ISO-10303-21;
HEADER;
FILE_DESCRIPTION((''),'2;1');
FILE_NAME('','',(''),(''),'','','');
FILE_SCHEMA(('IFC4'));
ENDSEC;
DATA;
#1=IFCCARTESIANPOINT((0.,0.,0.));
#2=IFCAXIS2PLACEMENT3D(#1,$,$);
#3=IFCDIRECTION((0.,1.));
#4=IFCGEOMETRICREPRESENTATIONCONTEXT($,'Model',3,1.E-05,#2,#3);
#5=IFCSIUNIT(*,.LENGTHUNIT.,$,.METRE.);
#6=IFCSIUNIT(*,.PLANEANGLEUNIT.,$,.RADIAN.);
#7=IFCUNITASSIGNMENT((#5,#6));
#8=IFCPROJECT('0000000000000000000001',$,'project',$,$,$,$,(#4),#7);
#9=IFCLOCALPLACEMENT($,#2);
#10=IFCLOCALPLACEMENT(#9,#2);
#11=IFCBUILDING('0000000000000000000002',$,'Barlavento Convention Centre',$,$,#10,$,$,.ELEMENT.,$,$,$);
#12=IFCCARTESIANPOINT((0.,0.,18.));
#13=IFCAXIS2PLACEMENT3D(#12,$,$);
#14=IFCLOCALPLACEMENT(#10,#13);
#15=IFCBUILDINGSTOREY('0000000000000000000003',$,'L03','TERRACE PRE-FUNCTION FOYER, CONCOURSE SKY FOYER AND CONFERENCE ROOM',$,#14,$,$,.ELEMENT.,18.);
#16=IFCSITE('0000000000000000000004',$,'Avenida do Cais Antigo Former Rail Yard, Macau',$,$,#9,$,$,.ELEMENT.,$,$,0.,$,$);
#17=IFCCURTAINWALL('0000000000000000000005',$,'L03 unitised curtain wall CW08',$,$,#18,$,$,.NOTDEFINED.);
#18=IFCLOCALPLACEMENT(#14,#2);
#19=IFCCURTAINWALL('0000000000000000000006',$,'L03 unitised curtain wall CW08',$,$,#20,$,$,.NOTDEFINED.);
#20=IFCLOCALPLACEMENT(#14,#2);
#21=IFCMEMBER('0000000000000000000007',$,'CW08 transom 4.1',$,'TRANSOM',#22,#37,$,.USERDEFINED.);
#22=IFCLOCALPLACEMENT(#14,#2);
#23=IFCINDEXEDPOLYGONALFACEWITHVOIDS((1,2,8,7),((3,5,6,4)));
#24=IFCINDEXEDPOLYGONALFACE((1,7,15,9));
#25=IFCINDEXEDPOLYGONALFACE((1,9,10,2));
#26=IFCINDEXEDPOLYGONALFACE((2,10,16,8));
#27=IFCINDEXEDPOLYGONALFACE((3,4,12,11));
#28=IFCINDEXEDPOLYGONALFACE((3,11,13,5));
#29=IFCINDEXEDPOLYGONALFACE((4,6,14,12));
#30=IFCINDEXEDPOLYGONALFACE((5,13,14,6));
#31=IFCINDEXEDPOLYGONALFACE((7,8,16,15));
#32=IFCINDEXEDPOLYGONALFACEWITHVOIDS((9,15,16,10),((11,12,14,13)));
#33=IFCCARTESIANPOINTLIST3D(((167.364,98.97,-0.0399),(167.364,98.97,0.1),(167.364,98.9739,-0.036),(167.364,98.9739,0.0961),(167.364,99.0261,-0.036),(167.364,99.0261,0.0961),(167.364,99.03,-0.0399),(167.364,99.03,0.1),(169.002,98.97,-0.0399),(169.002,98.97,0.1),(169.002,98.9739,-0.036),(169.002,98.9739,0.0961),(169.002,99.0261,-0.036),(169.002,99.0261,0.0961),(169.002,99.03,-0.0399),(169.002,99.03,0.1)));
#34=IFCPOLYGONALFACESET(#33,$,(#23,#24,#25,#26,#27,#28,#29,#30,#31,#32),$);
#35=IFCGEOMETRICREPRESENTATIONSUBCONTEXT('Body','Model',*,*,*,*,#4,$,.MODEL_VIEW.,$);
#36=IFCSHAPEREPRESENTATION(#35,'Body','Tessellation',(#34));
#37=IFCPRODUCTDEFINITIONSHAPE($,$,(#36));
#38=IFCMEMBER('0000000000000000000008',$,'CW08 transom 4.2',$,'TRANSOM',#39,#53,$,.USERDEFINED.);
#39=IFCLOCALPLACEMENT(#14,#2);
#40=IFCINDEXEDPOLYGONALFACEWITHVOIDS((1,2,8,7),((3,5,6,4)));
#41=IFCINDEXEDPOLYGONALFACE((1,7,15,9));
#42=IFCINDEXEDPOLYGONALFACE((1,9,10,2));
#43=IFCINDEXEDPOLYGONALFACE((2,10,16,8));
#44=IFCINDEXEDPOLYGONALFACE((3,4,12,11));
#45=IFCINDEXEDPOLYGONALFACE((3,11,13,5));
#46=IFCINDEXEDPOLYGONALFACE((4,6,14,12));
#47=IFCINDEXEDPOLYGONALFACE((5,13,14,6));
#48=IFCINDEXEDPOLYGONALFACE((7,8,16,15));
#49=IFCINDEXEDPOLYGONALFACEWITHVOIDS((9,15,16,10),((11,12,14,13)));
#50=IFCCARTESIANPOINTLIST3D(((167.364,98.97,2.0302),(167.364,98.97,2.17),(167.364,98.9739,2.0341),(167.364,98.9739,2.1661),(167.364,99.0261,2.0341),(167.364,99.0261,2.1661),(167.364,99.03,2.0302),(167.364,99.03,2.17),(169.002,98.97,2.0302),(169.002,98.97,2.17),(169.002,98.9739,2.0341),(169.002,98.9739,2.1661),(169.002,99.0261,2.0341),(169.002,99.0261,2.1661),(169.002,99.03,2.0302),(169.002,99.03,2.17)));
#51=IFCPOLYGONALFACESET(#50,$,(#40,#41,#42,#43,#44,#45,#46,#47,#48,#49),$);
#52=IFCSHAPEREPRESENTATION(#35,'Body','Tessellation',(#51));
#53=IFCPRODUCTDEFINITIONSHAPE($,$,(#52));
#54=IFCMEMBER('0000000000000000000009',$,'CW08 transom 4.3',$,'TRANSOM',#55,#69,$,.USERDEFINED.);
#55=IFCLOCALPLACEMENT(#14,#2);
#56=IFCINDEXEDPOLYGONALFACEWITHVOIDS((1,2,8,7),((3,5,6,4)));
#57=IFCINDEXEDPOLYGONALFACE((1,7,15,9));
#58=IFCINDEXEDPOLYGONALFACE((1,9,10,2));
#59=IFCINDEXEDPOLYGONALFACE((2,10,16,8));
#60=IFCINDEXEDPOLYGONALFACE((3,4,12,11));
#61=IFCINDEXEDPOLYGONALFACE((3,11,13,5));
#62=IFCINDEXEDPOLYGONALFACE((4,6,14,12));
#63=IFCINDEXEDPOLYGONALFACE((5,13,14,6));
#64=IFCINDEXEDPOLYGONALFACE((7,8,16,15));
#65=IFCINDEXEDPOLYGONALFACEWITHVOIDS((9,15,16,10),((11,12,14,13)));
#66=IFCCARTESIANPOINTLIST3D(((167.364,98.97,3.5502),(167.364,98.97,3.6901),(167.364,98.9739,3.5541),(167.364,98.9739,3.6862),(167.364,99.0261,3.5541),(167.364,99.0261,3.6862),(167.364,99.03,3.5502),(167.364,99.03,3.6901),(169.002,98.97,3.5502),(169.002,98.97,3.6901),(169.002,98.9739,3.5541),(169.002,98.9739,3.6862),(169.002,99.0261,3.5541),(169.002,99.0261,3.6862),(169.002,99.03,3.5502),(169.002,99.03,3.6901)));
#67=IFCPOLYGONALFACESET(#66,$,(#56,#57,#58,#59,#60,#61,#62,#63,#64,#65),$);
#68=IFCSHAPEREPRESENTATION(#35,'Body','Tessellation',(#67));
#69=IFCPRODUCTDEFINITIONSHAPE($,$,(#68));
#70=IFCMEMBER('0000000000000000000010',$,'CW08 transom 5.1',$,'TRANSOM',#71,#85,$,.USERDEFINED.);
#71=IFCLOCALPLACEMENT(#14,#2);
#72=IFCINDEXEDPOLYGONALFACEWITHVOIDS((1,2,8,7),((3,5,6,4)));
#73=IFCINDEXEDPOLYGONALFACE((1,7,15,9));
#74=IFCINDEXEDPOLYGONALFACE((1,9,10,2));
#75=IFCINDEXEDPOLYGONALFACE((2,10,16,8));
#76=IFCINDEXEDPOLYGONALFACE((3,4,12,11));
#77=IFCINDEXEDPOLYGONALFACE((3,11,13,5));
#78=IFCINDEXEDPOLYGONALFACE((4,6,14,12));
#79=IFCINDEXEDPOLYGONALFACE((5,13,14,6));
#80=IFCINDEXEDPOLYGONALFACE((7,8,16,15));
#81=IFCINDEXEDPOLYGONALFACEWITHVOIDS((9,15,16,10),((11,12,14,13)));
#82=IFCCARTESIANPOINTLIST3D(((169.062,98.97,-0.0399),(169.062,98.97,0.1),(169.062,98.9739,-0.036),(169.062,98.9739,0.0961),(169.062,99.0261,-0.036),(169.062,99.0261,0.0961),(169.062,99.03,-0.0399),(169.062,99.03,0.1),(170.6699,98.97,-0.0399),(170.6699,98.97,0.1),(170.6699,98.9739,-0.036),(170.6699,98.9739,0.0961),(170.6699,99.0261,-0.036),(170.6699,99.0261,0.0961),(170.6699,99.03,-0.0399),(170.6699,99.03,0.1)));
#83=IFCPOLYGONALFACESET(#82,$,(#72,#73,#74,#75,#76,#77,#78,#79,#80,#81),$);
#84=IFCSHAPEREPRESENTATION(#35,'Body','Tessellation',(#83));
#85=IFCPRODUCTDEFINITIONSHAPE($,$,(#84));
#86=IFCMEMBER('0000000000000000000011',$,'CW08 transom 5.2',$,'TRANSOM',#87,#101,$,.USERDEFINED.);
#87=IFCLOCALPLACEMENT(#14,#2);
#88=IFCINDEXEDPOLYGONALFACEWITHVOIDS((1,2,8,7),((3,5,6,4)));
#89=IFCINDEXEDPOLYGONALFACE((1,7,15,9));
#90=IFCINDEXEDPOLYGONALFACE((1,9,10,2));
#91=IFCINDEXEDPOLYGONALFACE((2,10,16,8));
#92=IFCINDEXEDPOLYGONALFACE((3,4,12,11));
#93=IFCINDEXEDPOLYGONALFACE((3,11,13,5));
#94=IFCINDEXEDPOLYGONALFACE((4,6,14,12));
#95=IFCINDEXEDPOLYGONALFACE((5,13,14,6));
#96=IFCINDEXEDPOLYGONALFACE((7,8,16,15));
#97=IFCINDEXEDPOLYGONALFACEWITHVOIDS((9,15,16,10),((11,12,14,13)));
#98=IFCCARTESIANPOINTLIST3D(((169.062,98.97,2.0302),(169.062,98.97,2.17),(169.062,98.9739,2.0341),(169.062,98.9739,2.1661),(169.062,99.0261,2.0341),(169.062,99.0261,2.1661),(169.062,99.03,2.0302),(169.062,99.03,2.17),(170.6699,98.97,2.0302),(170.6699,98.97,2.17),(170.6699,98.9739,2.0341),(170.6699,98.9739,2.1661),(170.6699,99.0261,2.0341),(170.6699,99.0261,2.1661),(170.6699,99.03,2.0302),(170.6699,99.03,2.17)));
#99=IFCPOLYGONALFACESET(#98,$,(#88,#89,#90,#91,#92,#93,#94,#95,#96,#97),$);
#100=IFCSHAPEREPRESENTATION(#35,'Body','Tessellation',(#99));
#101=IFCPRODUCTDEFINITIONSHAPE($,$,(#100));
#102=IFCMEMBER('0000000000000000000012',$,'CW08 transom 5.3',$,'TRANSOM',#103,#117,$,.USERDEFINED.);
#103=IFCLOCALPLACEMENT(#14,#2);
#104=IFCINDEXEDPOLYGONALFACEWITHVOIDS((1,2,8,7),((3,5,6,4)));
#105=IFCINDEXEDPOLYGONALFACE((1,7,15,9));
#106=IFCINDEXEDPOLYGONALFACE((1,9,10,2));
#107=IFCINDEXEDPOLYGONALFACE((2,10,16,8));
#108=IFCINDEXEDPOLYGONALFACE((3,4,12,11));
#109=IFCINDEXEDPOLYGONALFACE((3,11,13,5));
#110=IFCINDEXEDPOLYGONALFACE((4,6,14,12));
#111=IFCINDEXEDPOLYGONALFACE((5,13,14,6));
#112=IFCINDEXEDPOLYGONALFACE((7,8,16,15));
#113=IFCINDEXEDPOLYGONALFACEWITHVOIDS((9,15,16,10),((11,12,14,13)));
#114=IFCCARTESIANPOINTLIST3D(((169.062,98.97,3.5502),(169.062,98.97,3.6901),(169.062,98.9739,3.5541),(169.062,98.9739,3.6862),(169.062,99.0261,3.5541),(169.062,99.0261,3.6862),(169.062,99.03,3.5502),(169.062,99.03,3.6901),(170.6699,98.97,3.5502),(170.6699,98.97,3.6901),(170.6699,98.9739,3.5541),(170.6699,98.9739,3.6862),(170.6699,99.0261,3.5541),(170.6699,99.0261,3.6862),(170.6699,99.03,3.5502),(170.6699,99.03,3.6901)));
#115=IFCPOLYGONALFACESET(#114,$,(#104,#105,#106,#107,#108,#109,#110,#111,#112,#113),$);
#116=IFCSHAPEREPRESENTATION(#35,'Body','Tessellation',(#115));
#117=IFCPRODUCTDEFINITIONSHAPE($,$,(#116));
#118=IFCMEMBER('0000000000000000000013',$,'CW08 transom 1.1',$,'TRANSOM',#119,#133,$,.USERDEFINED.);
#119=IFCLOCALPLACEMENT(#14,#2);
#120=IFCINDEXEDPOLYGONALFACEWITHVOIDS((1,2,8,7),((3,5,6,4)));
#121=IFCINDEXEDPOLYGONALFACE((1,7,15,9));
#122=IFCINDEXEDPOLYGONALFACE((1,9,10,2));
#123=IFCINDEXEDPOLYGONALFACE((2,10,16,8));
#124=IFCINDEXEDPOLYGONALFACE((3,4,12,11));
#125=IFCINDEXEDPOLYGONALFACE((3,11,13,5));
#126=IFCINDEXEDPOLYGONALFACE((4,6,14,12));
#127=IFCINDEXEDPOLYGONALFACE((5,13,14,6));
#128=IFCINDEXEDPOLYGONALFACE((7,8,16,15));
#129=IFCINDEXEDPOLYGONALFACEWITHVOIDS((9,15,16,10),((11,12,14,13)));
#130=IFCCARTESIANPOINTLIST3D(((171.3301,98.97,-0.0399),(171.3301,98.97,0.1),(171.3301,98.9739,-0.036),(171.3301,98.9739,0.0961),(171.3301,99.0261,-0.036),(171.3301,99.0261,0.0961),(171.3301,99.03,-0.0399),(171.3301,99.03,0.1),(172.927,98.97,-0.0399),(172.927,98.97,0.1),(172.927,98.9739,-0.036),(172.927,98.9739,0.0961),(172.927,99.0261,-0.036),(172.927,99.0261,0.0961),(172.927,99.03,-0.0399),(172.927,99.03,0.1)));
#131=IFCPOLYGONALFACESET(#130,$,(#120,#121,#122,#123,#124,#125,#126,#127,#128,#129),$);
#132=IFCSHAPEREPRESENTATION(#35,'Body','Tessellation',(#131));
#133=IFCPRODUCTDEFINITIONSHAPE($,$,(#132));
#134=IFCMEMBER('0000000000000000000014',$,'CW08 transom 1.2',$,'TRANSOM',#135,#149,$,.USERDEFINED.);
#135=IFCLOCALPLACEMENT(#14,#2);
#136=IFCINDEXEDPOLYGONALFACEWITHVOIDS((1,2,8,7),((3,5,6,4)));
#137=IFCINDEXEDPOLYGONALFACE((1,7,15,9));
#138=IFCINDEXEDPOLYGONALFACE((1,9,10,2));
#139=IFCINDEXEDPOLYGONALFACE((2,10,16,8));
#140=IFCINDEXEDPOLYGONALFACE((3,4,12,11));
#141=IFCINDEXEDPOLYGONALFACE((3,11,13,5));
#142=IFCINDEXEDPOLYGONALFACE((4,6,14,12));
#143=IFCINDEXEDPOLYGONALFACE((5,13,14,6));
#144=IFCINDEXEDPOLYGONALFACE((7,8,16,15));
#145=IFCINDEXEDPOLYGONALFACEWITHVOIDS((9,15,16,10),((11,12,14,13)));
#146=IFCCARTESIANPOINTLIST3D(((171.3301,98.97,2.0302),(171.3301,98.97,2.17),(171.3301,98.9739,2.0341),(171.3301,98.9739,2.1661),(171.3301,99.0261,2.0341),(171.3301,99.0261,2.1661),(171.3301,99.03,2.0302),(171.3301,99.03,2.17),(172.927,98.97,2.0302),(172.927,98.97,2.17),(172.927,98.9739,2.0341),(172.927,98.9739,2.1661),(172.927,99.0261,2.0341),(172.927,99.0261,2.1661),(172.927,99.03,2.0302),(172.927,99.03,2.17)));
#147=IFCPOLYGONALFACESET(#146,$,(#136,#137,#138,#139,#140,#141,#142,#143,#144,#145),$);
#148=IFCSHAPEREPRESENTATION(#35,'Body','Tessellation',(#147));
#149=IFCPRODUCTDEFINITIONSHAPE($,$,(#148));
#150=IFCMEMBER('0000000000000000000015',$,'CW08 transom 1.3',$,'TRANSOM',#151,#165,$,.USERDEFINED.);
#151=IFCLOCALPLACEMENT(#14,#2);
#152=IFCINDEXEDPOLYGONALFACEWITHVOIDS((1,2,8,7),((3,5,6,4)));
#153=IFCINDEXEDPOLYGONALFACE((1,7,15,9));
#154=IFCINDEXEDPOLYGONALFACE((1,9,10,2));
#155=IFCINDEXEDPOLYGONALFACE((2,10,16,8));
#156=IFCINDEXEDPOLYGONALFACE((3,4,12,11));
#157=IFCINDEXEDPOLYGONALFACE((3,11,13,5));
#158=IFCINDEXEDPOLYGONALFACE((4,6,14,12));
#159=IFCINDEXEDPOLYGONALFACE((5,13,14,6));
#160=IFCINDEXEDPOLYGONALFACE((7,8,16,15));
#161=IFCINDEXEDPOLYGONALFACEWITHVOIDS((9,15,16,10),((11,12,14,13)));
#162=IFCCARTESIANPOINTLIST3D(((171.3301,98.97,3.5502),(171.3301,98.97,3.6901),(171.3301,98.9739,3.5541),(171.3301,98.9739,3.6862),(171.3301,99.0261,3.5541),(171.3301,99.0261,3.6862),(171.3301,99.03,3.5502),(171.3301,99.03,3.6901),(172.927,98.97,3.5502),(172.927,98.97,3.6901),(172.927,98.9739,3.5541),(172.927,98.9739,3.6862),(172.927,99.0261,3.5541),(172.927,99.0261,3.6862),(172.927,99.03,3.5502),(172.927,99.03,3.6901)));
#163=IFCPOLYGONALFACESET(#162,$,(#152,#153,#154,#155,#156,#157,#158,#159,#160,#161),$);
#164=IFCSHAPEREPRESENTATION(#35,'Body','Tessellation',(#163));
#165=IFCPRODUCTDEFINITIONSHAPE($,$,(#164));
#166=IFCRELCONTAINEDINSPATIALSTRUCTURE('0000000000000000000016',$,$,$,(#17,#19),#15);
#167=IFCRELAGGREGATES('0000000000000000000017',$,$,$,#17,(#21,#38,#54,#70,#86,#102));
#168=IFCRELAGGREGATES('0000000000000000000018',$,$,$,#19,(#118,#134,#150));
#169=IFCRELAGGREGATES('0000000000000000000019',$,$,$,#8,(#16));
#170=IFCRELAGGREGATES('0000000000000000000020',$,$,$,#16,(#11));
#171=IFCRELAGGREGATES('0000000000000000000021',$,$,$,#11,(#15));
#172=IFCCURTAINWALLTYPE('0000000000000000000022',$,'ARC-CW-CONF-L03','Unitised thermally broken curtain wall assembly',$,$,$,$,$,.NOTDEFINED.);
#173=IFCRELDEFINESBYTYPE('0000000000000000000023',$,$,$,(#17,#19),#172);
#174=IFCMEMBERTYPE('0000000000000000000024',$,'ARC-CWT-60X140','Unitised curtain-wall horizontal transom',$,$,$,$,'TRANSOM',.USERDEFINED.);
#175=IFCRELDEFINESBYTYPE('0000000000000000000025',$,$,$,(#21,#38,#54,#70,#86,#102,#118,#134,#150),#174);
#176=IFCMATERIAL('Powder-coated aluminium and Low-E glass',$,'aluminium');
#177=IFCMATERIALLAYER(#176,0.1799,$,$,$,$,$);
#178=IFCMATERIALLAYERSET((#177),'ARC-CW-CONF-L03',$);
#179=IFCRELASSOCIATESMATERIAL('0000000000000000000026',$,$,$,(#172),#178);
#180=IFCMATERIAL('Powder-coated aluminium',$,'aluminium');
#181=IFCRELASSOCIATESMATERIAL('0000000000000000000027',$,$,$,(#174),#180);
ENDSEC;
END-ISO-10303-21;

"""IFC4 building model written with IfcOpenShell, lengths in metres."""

from ifc_helpers import new_model, si_unit, direction, frame, origin, origin_2d, place, context, subcontext, project, spatial, hollow_rectangle, extrude, material, layer, layer_set, material_profile, profile_set, type_object, element, aggregate, save


model = new_model("IFC4")

# Units and contexts
model_context = context("Model", 3, precision=1e-05, world=origin(), true_north=direction((0.0, 1.0)))
body_context = subcontext(model_context, "Body", "Model", "MODEL_VIEW")
ifc_project = project(units=[si_unit("LENGTHUNIT", "METRE"), si_unit("PLANEANGLEUNIT", "RADIAN")], contexts=[model_context])

# Site, building, storey
site_placement = place(None, origin())
site = spatial("IfcSite", under=ifc_project, at=site_placement, Name="Avenida do Cais Antigo Former Rail Yard, Macau", CompositionType="ELEMENT", RefElevation=0.0)
building_placement = place(site_placement, origin())
building = spatial("IfcBuilding", under=site, at=building_placement, Name="Barlavento Convention Centre", CompositionType="ELEMENT")
storey_placement = place(building_placement, frame((0.0, 0.0, 18.0)))
storey = spatial("IfcBuildingStorey", under=building, at=storey_placement, Name="L03", Description="TERRACE PRE-FUNCTION FOYER, CONCOURSE SKY FOYER AND CONFERENCE ROOM", CompositionType="ELEMENT", Elevation=18.0)

# Shared definitions
ifc_material_1 = material(Name="Powder-coated aluminium and Low-E glass", Category="aluminium")
ifc_material_2 = material(Name="Powder-coated aluminium", Category="aluminium")

# Curtain walls
ifc_layer_1 = layer(ifc_material_1, 0.1799)
ifc_layer_set_1 = layer_set([ifc_layer_1], Name="ARC-CW-CONF-L03")
curtain_wall_type_1 = type_object("IfcCurtainWallType", Name="ARC-CW-CONF-L03", Description="Unitised thermally broken curtain wall assembly", PredefinedType="NOTDEFINED", material=ifc_layer_set_1)
curtain_wall_1_placement = place(storey_placement, origin())
curtain_wall_1 = element("IfcCurtainWall", 1, at=curtain_wall_1_placement, inside=storey, type_object=curtain_wall_type_1, Name="L03 unitised curtain wall CW08", PredefinedType="NOTDEFINED")
curtain_wall_2_placement = place(storey_placement, origin())
curtain_wall_2 = element("IfcCurtainWall", 2, at=curtain_wall_2_placement, inside=storey, type_object=curtain_wall_type_1, Name="L03 unitised curtain wall CW08", PredefinedType="NOTDEFINED")

# Members
ifc_material_profile_1 = material_profile(ifc_material_2, hollow_rectangle(XDim=0.0601, YDim=0.1399, WallThickness=0.0039, at=origin_2d()), Name="AL-TRAN 60x140x4")
ifc_profile_set_1 = profile_set([ifc_material_profile_1], Name="Powder-coated aluminium")
member_type_1 = type_object("IfcMemberType", Name="ARC-CWT-60X140", Description="Unitised curtain-wall horizontal transom", ElementType="TRANSOM", PredefinedType="USERDEFINED", material=ifc_profile_set_1)
member_1_placement = place(storey_placement, frame((167.364, 99.0, 0.03), z_axis=(1.0, 0.0, 0.0), x_axis=(0.0, 1.0, 0.0)))
member_1 = element("IfcMember", 3, at=member_1_placement, type_object=member_type_1, Name="CW08 transom 4.1", ObjectType="TRANSOM", PredefinedType="USERDEFINED", context=body_context, shape_type="SweptSolid", body=[
    extrude(hollow_rectangle(XDim=0.0601, YDim=0.1399, WallThickness=0.0039, at=origin_2d()), origin(), (0.0, 0.0, 1.0), 1.6379),
])
member_2_placement = place(storey_placement, frame((167.364, 99.0, 2.1001), z_axis=(1.0, 0.0, 0.0), x_axis=(0.0, 1.0, 0.0)))
member_2 = element("IfcMember", 4, at=member_2_placement, type_object=member_type_1, Name="CW08 transom 4.2", ObjectType="TRANSOM", PredefinedType="USERDEFINED", context=body_context, shape_type="SweptSolid", body=[
    extrude(hollow_rectangle(XDim=0.0601, YDim=0.1399, WallThickness=0.0039, at=origin_2d()), origin(), (0.0, 0.0, 1.0), 1.6379),
])
member_3_placement = place(storey_placement, frame((167.364, 99.0, 3.6201), z_axis=(1.0, 0.0, 0.0), x_axis=(0.0, 1.0, 0.0)))
member_3 = element("IfcMember", 5, at=member_3_placement, type_object=member_type_1, Name="CW08 transom 4.3", ObjectType="TRANSOM", PredefinedType="USERDEFINED", context=body_context, shape_type="SweptSolid", body=[
    extrude(hollow_rectangle(XDim=0.0601, YDim=0.1399, WallThickness=0.0039, at=origin_2d()), origin(), (0.0, 0.0, 1.0), 1.6379),
])
member_4_placement = place(storey_placement, frame((169.062, 99.0, 0.03), z_axis=(1.0, 0.0, 0.0), x_axis=(0.0, 1.0, 0.0)))
member_4 = element("IfcMember", 6, at=member_4_placement, type_object=member_type_1, Name="CW08 transom 5.1", ObjectType="TRANSOM", PredefinedType="USERDEFINED", context=body_context, shape_type="SweptSolid", body=[
    extrude(hollow_rectangle(XDim=0.0601, YDim=0.1399, WallThickness=0.0039, at=origin_2d()), origin(), (0.0, 0.0, 1.0), 1.6079),
])
member_5_placement = place(storey_placement, frame((169.062, 99.0, 2.1001), z_axis=(1.0, 0.0, 0.0), x_axis=(0.0, 1.0, 0.0)))
member_5 = element("IfcMember", 7, at=member_5_placement, type_object=member_type_1, Name="CW08 transom 5.2", ObjectType="TRANSOM", PredefinedType="USERDEFINED", context=body_context, shape_type="SweptSolid", body=[
    extrude(hollow_rectangle(XDim=0.0601, YDim=0.1399, WallThickness=0.0039, at=origin_2d()), origin(), (0.0, 0.0, 1.0), 1.6079),
])
member_6_placement = place(storey_placement, frame((169.062, 99.0, 3.6201), z_axis=(1.0, 0.0, 0.0), x_axis=(0.0, 1.0, 0.0)))
member_6 = element("IfcMember", 8, at=member_6_placement, type_object=member_type_1, Name="CW08 transom 5.3", ObjectType="TRANSOM", PredefinedType="USERDEFINED", context=body_context, shape_type="SweptSolid", body=[
    extrude(hollow_rectangle(XDim=0.0601, YDim=0.1399, WallThickness=0.0039, at=origin_2d()), origin(), (0.0, 0.0, 1.0), 1.6079),
])
member_7_placement = place(storey_placement, frame((171.3301, 99.0, 0.03), z_axis=(1.0, 0.0, 0.0), x_axis=(0.0, 1.0, 0.0)))
member_7 = element("IfcMember", 9, at=member_7_placement, type_object=member_type_1, Name="CW08 transom 1.1", ObjectType="TRANSOM", PredefinedType="USERDEFINED", context=body_context, shape_type="SweptSolid", body=[
    extrude(hollow_rectangle(XDim=0.0601, YDim=0.1399, WallThickness=0.0039, at=origin_2d()), origin(), (0.0, 0.0, 1.0), 1.5969),
])
member_8_placement = place(storey_placement, frame((171.3301, 99.0, 2.1001), z_axis=(1.0, 0.0, 0.0), x_axis=(0.0, 1.0, 0.0)))
member_8 = element("IfcMember", 10, at=member_8_placement, type_object=member_type_1, Name="CW08 transom 1.2", ObjectType="TRANSOM", PredefinedType="USERDEFINED", context=body_context, shape_type="SweptSolid", body=[
    extrude(hollow_rectangle(XDim=0.0601, YDim=0.1399, WallThickness=0.0039, at=origin_2d()), origin(), (0.0, 0.0, 1.0), 1.5969),
])
member_9_placement = place(storey_placement, frame((171.3301, 99.0, 3.6201), z_axis=(1.0, 0.0, 0.0), x_axis=(0.0, 1.0, 0.0)))
member_9 = element("IfcMember", 11, at=member_9_placement, type_object=member_type_1, Name="CW08 transom 1.3", ObjectType="TRANSOM", PredefinedType="USERDEFINED", context=body_context, shape_type="SweptSolid", body=[
    extrude(hollow_rectangle(XDim=0.0601, YDim=0.1399, WallThickness=0.0039, at=origin_2d()), origin(), (0.0, 0.0, 1.0), 1.5969),
])

aggregate(curtain_wall_1, [member_1, member_2, member_3, member_4, member_5, member_6])
aggregate(curtain_wall_2, [member_7, member_8, member_9])

save(model, "model.ifc")
